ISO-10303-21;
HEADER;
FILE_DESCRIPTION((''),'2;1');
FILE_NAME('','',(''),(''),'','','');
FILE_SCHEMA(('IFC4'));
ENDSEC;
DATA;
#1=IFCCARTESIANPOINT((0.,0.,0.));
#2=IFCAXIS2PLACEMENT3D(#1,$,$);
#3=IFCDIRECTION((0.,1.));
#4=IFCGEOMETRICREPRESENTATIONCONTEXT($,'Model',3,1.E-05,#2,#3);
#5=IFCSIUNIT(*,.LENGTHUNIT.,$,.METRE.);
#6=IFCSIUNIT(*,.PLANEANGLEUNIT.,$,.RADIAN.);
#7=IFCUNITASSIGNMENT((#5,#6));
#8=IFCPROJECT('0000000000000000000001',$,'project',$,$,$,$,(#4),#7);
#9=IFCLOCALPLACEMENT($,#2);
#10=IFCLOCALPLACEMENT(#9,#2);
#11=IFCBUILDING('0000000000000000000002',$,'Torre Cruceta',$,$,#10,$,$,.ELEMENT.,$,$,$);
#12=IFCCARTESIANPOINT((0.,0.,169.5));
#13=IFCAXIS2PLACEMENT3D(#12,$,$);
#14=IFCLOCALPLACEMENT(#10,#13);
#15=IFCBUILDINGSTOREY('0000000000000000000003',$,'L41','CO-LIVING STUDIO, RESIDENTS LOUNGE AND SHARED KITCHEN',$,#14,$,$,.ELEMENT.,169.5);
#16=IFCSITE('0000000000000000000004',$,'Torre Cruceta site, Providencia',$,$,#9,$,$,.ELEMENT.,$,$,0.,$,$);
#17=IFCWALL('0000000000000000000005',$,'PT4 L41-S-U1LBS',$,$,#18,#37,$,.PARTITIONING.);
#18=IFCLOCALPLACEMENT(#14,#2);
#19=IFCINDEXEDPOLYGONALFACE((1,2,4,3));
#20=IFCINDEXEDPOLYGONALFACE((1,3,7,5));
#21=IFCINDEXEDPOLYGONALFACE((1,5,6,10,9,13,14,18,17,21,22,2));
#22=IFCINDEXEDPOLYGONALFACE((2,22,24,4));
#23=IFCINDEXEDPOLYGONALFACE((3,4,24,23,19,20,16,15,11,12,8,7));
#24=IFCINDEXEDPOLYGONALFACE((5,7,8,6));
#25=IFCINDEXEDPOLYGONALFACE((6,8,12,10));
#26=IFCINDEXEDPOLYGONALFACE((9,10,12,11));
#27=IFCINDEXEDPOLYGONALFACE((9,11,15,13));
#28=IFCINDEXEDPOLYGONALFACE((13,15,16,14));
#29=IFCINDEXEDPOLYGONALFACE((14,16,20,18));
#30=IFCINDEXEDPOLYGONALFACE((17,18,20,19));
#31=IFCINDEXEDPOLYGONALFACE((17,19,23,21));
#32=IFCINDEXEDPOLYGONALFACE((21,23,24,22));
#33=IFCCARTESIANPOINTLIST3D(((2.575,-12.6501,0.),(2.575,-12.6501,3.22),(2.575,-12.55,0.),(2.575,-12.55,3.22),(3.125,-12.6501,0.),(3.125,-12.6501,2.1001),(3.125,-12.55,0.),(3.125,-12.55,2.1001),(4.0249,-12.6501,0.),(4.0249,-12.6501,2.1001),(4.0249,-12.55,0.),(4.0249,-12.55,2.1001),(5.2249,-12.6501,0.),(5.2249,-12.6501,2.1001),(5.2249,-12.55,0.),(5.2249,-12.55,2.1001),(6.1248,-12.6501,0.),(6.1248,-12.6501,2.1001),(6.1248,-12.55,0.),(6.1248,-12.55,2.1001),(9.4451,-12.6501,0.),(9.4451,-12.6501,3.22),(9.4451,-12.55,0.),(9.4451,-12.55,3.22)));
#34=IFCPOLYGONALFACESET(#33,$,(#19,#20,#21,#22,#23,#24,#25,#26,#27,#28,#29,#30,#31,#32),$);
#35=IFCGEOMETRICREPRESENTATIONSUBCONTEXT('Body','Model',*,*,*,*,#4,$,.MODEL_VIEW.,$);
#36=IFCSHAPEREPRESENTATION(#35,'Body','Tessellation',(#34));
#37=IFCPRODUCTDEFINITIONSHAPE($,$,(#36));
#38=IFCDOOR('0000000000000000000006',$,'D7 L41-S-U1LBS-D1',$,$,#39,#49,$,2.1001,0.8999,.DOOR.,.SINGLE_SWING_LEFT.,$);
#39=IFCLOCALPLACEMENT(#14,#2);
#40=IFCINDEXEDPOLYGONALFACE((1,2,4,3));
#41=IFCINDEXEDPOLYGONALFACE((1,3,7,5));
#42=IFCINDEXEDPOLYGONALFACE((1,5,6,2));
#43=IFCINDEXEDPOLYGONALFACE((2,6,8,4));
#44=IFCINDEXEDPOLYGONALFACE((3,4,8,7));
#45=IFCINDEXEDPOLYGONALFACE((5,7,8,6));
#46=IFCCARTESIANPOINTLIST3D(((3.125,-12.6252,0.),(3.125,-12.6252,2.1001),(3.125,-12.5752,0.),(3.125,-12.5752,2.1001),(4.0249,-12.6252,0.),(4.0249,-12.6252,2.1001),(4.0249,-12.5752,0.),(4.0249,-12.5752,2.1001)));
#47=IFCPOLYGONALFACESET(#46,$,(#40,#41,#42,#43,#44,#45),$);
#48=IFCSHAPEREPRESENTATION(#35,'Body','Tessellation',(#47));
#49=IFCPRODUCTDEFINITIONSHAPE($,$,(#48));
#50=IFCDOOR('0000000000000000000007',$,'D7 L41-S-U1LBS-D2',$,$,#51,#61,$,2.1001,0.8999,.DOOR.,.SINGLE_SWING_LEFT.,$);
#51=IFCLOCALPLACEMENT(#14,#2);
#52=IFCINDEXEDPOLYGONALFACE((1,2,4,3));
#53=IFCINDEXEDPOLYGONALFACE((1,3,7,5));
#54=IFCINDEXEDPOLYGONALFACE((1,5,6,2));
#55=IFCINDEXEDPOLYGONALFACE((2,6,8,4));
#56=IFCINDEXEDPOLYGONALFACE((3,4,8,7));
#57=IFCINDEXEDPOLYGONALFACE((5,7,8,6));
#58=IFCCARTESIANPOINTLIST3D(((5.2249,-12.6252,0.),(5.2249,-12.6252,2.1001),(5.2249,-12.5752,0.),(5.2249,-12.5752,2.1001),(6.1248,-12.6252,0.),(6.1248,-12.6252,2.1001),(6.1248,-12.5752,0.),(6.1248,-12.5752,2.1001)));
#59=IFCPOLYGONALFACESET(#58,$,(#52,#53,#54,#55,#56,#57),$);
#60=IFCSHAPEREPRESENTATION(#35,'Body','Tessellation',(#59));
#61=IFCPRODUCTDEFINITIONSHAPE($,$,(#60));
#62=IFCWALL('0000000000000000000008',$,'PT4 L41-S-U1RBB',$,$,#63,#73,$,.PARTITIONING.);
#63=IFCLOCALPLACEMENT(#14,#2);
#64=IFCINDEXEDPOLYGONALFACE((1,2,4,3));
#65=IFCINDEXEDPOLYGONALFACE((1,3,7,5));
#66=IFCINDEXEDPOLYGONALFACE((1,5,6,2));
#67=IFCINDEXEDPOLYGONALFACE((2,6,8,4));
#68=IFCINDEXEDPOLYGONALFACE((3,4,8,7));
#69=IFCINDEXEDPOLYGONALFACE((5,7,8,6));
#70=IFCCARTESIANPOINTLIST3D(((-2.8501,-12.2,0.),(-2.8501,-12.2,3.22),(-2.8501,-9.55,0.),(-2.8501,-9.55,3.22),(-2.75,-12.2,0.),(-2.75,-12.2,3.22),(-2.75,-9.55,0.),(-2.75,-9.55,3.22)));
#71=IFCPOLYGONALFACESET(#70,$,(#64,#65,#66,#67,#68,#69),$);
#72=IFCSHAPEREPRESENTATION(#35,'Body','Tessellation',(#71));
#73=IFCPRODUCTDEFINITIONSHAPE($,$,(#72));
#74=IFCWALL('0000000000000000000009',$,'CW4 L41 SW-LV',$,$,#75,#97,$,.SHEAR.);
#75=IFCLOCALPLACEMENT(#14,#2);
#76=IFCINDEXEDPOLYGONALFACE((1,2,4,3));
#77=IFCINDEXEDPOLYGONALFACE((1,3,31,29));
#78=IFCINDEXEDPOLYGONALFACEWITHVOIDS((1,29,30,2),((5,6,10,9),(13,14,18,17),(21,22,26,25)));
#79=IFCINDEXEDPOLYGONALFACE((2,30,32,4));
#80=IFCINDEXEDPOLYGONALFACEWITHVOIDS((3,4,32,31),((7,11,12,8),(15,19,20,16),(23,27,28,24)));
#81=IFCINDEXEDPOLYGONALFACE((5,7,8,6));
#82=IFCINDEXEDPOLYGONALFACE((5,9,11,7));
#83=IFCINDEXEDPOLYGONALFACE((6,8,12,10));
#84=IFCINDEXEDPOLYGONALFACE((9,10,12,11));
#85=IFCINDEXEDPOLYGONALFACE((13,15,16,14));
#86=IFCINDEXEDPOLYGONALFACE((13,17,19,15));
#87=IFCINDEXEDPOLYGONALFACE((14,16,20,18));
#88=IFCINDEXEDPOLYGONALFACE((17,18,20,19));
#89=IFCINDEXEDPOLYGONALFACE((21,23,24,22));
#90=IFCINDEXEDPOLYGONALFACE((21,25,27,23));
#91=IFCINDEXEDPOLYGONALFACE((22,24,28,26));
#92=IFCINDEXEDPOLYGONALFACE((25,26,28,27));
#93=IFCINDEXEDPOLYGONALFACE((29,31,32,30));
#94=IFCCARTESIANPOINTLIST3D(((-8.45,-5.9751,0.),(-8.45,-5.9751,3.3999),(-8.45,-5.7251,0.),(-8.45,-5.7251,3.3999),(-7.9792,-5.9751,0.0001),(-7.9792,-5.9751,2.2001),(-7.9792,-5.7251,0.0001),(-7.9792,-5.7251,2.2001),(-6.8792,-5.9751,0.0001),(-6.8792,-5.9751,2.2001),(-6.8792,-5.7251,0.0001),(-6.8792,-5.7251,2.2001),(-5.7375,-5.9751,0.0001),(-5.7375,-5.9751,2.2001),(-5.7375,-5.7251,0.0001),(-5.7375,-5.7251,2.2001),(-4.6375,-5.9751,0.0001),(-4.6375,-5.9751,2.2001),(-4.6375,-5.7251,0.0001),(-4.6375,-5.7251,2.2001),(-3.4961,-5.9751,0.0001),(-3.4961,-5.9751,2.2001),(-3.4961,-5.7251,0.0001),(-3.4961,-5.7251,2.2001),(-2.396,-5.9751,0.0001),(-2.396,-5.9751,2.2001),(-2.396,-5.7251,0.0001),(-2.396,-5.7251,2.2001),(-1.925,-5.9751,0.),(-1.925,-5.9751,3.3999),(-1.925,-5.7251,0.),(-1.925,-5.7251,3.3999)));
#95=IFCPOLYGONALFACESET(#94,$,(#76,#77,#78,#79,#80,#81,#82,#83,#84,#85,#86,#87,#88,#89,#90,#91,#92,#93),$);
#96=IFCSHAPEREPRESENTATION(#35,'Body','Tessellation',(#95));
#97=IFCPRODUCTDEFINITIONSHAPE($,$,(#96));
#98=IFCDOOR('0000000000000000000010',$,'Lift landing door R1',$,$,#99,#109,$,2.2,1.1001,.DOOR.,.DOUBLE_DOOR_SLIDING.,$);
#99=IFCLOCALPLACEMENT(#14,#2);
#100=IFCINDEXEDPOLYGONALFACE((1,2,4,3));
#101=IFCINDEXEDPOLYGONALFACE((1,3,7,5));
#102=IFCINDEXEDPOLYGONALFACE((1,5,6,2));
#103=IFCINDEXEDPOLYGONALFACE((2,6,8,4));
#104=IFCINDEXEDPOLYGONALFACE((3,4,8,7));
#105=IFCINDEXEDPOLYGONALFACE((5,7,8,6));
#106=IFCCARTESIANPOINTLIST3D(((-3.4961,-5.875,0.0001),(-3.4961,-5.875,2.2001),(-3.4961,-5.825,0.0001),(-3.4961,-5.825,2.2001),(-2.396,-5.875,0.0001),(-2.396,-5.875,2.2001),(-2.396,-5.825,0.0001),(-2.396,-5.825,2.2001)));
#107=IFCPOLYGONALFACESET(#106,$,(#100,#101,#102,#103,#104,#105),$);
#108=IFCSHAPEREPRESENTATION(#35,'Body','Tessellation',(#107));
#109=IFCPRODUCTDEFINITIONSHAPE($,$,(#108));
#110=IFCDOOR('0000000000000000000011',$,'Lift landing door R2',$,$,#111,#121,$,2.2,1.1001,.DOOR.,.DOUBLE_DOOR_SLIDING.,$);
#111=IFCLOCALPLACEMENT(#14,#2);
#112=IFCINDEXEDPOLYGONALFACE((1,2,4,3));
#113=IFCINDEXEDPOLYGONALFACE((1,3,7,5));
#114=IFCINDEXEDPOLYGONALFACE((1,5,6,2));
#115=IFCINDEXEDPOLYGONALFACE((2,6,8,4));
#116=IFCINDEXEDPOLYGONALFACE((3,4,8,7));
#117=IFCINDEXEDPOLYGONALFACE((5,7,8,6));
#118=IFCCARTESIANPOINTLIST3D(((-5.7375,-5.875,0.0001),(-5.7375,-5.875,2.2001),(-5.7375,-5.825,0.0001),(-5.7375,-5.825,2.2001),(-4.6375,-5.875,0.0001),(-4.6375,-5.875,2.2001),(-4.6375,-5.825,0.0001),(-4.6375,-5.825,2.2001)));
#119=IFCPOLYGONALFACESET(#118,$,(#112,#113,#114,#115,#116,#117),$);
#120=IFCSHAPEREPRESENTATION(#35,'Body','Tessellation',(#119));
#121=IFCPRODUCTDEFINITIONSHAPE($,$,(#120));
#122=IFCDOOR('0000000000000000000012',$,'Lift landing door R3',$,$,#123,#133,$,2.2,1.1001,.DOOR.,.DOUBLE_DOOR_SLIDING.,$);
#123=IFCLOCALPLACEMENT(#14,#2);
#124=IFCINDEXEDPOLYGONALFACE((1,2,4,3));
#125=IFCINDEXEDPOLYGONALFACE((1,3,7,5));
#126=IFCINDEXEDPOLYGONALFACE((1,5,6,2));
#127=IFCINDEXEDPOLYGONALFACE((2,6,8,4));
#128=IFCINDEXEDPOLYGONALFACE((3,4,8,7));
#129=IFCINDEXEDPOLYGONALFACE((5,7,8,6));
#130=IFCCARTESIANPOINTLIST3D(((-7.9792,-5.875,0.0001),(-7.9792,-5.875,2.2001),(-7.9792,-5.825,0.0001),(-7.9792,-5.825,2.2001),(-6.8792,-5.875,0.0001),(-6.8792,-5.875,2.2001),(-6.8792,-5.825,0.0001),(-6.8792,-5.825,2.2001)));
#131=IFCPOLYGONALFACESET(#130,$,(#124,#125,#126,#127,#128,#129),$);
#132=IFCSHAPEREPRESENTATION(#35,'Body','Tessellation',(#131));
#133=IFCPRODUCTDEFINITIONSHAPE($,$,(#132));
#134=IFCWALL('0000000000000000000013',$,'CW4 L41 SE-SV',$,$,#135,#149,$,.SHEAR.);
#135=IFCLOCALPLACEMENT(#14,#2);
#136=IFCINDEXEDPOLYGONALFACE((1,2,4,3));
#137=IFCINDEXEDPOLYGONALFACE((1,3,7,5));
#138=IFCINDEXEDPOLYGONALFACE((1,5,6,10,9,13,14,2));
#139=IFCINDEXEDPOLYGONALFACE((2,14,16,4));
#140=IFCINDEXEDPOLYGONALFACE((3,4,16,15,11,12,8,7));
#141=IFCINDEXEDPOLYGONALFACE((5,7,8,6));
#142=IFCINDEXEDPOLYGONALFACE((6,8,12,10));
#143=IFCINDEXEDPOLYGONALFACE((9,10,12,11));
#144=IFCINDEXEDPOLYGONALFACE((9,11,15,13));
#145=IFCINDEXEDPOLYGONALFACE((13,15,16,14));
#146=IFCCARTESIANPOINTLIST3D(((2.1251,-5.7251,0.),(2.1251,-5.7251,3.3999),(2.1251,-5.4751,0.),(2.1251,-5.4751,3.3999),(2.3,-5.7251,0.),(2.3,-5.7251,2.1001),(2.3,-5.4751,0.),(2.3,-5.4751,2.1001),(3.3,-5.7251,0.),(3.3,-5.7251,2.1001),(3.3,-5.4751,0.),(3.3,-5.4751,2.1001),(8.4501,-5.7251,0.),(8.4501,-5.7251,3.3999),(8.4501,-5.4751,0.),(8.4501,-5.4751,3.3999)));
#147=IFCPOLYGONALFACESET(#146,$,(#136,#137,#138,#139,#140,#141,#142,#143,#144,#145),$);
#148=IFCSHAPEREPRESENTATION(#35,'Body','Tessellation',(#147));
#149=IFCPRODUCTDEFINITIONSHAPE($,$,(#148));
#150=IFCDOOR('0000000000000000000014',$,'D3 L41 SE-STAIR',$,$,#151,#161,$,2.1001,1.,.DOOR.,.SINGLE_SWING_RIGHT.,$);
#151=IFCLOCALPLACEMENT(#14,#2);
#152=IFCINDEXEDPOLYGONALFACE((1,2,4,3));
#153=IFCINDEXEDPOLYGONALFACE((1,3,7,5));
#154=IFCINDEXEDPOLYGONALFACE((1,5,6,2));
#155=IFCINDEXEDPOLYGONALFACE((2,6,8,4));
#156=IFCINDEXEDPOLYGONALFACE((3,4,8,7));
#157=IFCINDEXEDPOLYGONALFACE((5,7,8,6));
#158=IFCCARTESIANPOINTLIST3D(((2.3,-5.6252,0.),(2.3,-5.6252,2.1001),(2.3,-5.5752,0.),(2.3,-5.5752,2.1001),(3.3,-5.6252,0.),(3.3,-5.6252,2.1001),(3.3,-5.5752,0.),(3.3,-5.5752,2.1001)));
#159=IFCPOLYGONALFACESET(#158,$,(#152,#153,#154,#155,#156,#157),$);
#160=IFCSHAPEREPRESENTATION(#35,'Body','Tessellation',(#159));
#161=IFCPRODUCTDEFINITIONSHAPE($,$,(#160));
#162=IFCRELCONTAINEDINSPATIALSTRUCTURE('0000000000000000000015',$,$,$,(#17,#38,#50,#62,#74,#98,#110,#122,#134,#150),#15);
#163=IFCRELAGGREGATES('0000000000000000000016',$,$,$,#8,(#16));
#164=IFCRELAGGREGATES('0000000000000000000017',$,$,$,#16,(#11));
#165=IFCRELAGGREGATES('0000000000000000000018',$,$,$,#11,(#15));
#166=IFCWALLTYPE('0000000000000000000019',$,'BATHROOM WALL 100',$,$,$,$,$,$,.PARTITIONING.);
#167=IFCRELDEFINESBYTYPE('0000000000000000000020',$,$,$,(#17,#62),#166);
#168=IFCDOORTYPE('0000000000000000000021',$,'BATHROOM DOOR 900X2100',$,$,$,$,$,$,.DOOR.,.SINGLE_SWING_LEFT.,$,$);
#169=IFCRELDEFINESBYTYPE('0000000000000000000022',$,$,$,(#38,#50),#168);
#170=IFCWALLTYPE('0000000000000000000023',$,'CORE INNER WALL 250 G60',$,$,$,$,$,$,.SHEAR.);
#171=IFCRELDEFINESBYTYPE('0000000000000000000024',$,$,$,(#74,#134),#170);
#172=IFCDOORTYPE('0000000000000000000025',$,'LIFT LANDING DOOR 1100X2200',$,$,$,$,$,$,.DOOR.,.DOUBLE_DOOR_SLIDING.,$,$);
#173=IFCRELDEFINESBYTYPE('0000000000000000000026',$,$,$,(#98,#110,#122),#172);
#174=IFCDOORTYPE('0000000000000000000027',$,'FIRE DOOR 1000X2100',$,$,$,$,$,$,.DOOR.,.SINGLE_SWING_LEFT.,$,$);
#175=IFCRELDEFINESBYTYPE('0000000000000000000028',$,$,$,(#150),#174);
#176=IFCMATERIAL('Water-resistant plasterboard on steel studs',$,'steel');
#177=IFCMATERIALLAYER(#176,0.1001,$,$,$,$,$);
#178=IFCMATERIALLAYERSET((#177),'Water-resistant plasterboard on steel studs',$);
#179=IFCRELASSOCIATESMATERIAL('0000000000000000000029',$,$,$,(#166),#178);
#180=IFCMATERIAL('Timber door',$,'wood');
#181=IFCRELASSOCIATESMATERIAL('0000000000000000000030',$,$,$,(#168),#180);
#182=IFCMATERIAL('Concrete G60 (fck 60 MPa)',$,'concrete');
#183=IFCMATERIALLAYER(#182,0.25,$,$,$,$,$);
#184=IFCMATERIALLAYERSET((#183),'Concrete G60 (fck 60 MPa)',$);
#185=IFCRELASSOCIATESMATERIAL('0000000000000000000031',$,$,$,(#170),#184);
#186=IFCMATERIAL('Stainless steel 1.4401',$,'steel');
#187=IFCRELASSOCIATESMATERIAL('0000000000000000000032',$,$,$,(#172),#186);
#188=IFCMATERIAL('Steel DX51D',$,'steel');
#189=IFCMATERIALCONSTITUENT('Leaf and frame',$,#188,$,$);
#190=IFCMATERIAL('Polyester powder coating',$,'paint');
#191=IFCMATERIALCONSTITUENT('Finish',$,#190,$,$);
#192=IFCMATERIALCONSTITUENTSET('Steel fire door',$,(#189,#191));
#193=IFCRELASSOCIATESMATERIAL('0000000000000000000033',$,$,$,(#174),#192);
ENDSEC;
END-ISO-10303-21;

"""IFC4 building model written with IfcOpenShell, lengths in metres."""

from ifc_helpers import new_model, si_unit, direction, frame, frame_2d, origin, place, context, subcontext, project, spatial, rectangle, extrude, material, layer, layer_set, constituent, constituent_set, type_object, element, fill, save


model = new_model("IFC4")

# Units and contexts
model_context = context("Model", 3, precision=1e-05, world=origin(), true_north=direction((0.0, 1.0)))
body_context = subcontext(model_context, "Body", "Model", "MODEL_VIEW")
ifc_project = project(units=[si_unit("LENGTHUNIT", "METRE"), si_unit("PLANEANGLEUNIT", "RADIAN")], contexts=[model_context])

# Site, building, storey
site_placement = place(None, origin())
site = spatial("IfcSite", under=ifc_project, at=site_placement, Name="Torre Cruceta site, Providencia", CompositionType="ELEMENT", RefElevation=0.0)
building_placement = place(site_placement, origin())
building = spatial("IfcBuilding", under=site, at=building_placement, Name="Torre Cruceta", CompositionType="ELEMENT")
storey_placement = place(building_placement, frame((0.0, 0.0, 169.5)))
storey = spatial("IfcBuildingStorey", under=building, at=storey_placement, Name="L41", Description="CO-LIVING STUDIO, RESIDENTS LOUNGE AND SHARED KITCHEN", CompositionType="ELEMENT", Elevation=169.5)

# Wall, openings, doors
ifc_material_1 = material(Name="Water-resistant plasterboard on steel studs", Category="steel")
ifc_layer_1 = layer(ifc_material_1, 0.1001)
ifc_layer_set_1 = layer_set([ifc_layer_1], Name="Water-resistant plasterboard on steel studs")
wall_type_1 = type_object("IfcWallType", Name="BATHROOM WALL 100", PredefinedType="PARTITIONING", material=ifc_layer_set_1)
wall_1_placement = place(storey_placement, frame((2.575, -12.6001, 0.0), z_axis=(0.0, 0.0, 1.0), x_axis=(1.0, 0.0, 0.0)))
wall_1 = element("IfcWall", 1, at=wall_1_placement, inside=storey, type_object=wall_type_1, Name="PT4 L41-S-U1LBS", PredefinedType="PARTITIONING", context=body_context, shape_type="SweptSolid", body=[
    extrude(rectangle(XDim=6.8701, YDim=0.1001, at=frame_2d((3.4351, 0.0))), origin(), (0.0, 0.0, 1.0), 3.22),
])
opening_1_placement = place(wall_1_placement, frame((0.55, 0.0, 0.0)))
opening_1 = element("IfcOpeningElement", 2, at=opening_1_placement, cuts=wall_1, PredefinedType="OPENING", context=body_context, shape_type="SweptSolid", body=[
    extrude(rectangle(XDim=0.8999, YDim=2.1001, at=frame_2d((0.45, 1.05))), frame((0.0, 0.0601, 0.0), z_axis=(0.0, -1.0, 0.0), x_axis=(1.0, 0.0, 0.0)), (0.0, 0.0, 1.0), 0.1201),
])
opening_2_placement = place(wall_1_placement, frame((2.6499, 0.0, 0.0)))
opening_2 = element("IfcOpeningElement", 3, at=opening_2_placement, cuts=wall_1, PredefinedType="OPENING", context=body_context, shape_type="SweptSolid", body=[
    extrude(rectangle(XDim=0.8999, YDim=2.1001, at=frame_2d((0.45, 1.05))), frame((0.0, 0.0601, 0.0), z_axis=(0.0, -1.0, 0.0), x_axis=(1.0, 0.0, 0.0)), (0.0, 0.0, 1.0), 0.1201),
])
ifc_material_2 = material(Name="Timber door", Category="wood")
door_type_1 = type_object("IfcDoorType", Name="BATHROOM DOOR 900X2100", OperationType="SINGLE_SWING_LEFT", PredefinedType="DOOR", material=ifc_material_2)
door_1_placement = place(opening_1_placement, origin())
door_1 = element("IfcDoor", 4, at=door_1_placement, inside=storey, type_object=door_type_1, Name="D7 L41-S-U1LBS-D1", OperationType="SINGLE_SWING_LEFT", OverallHeight=2.1001, OverallWidth=0.8999, PredefinedType="DOOR", context=body_context, shape_type="SweptSolid", body=[
    extrude(rectangle(XDim=0.8999, YDim=2.1001, at=frame_2d((0.45, 1.05))), frame((0.0, 0.0249, 0.0), z_axis=(0.0, -1.0, 0.0), x_axis=(1.0, 0.0, 0.0)), (0.0, 0.0, 1.0), 0.05),
])
fill(opening_1, door_1)
door_2_placement = place(opening_2_placement, origin())
door_2 = element("IfcDoor", 5, at=door_2_placement, inside=storey, type_object=door_type_1, Name="D7 L41-S-U1LBS-D2", OperationType="SINGLE_SWING_LEFT", OverallHeight=2.1001, OverallWidth=0.8999, PredefinedType="DOOR", context=body_context, shape_type="SweptSolid", body=[
    extrude(rectangle(XDim=0.8999, YDim=2.1001, at=frame_2d((0.45, 1.05))), frame((0.0, 0.0249, 0.0), z_axis=(0.0, -1.0, 0.0), x_axis=(1.0, 0.0, 0.0)), (0.0, 0.0, 1.0), 0.05),
])
fill(opening_2, door_2)

# Wall
wall_2_placement = place(storey_placement, frame((-2.8, -9.55, 0.0), z_axis=(0.0, 0.0, 1.0), x_axis=(0.0, -1.0, 0.0)))
element("IfcWall", 6, at=wall_2_placement, inside=storey, type_object=wall_type_1, Name="PT4 L41-S-U1RBB", PredefinedType="PARTITIONING", context=body_context, shape_type="SweptSolid", body=[
    extrude(rectangle(XDim=2.6499, YDim=0.1001, at=frame_2d((1.325, 0.0))), origin(), (0.0, 0.0, 1.0), 3.22),
])

# Wall, openings, doors
ifc_material_3 = material(Name="Concrete G60 (fck 60 MPa)", Category="concrete")
ifc_layer_2 = layer(ifc_material_3, 0.25)
ifc_layer_set_2 = layer_set([ifc_layer_2], Name="Concrete G60 (fck 60 MPa)")
wall_type_2 = type_object("IfcWallType", Name="CORE INNER WALL 250 G60", PredefinedType="SHEAR", material=ifc_layer_set_2)
wall_3_placement = place(storey_placement, frame((-1.925, -5.8501, 0.0), z_axis=(0.0, 0.0, 1.0), x_axis=(-1.0, 0.0, 0.0)))
wall_3 = element("IfcWall", 7, at=wall_3_placement, inside=storey, type_object=wall_type_2, Name="CW4 L41 SW-LV", PredefinedType="SHEAR", context=body_context, shape_type="SweptSolid", body=[
    extrude(rectangle(XDim=6.5249, YDim=0.25, at=frame_2d((3.2625, 0.0))), origin(), (0.0, 0.0, 1.0), 3.3999),
])
opening_3_placement = place(wall_3_placement, frame((0.4709, 0.0, 0.0)))
opening_3 = element("IfcOpeningElement", 8, at=opening_3_placement, cuts=wall_3, PredefinedType="OPENING", context=body_context, shape_type="SweptSolid", body=[
    extrude(rectangle(XDim=1.1001, YDim=2.2, at=frame_2d((0.55, 1.1001))), frame((0.0, 0.135, 0.0), z_axis=(0.0, -1.0, 0.0), x_axis=(1.0, 0.0, 0.0)), (0.0, 0.0, 1.0), 0.27),
])
opening_4_placement = place(wall_3_placement, frame((2.7124, 0.0, 0.0)))
opening_4 = element("IfcOpeningElement", 9, at=opening_4_placement, cuts=wall_3, PredefinedType="OPENING", context=body_context, shape_type="SweptSolid", body=[
    extrude(rectangle(XDim=1.1001, YDim=2.2, at=frame_2d((0.55, 1.1001))), frame((0.0, 0.135, 0.0), z_axis=(0.0, -1.0, 0.0), x_axis=(1.0, 0.0, 0.0)), (0.0, 0.0, 1.0), 0.27),
])
opening_5_placement = place(wall_3_placement, frame((4.9541, 0.0, 0.0)))
opening_5 = element("IfcOpeningElement", 10, at=opening_5_placement, cuts=wall_3, PredefinedType="OPENING", context=body_context, shape_type="SweptSolid", body=[
    extrude(rectangle(XDim=1.1001, YDim=2.2, at=frame_2d((0.55, 1.1001))), frame((0.0, 0.135, 0.0), z_axis=(0.0, -1.0, 0.0), x_axis=(1.0, 0.0, 0.0)), (0.0, 0.0, 1.0), 0.27),
])
ifc_material_4 = material(Name="Stainless steel 1.4401", Category="steel")
door_type_2 = type_object("IfcDoorType", Name="LIFT LANDING DOOR 1100X2200", OperationType="DOUBLE_DOOR_SLIDING", PredefinedType="DOOR", material=ifc_material_4)
door_3_placement = place(opening_3_placement, origin())
door_3 = element("IfcDoor", 11, at=door_3_placement, inside=storey, type_object=door_type_2, Name="Lift landing door R1", OperationType="DOUBLE_DOOR_SLIDING", OverallHeight=2.2, OverallWidth=1.1001, PredefinedType="DOOR", context=body_context, shape_type="SweptSolid", body=[
    extrude(rectangle(XDim=1.1001, YDim=2.2, at=frame_2d((0.55, 1.1001))), frame((0.0, 0.0249, 0.0), z_axis=(0.0, -1.0, 0.0), x_axis=(1.0, 0.0, 0.0)), (0.0, 0.0, 1.0), 0.05),
])
fill(opening_3, door_3)
door_4_placement = place(opening_4_placement, origin())
door_4 = element("IfcDoor", 12, at=door_4_placement, inside=storey, type_object=door_type_2, Name="Lift landing door R2", OperationType="DOUBLE_DOOR_SLIDING", OverallHeight=2.2, OverallWidth=1.1001, PredefinedType="DOOR", context=body_context, shape_type="SweptSolid", body=[
    extrude(rectangle(XDim=1.1001, YDim=2.2, at=frame_2d((0.55, 1.1001))), frame((0.0, 0.0249, 0.0), z_axis=(0.0, -1.0, 0.0), x_axis=(1.0, 0.0, 0.0)), (0.0, 0.0, 1.0), 0.05),
])
fill(opening_4, door_4)
door_5_placement = place(opening_5_placement, origin())
door_5 = element("IfcDoor", 13, at=door_5_placement, inside=storey, type_object=door_type_2, Name="Lift landing door R3", OperationType="DOUBLE_DOOR_SLIDING", OverallHeight=2.2, OverallWidth=1.1001, PredefinedType="DOOR", context=body_context, shape_type="SweptSolid", body=[
    extrude(rectangle(XDim=1.1001, YDim=2.2, at=frame_2d((0.55, 1.1001))), frame((0.0, 0.0249, 0.0), z_axis=(0.0, -1.0, 0.0), x_axis=(1.0, 0.0, 0.0)), (0.0, 0.0, 1.0), 0.05),
])
fill(opening_5, door_5)

# Wall, opening, door
wall_4_placement = place(storey_placement, frame((2.125, -5.6001, 0.0), z_axis=(0.0, 0.0, 1.0), x_axis=(1.0, 0.0, 0.0)))
wall_4 = element("IfcWall", 14, at=wall_4_placement, inside=storey, type_object=wall_type_2, Name="CW4 L41 SE-SV", PredefinedType="SHEAR", context=body_context, shape_type="SweptSolid", body=[
    extrude(rectangle(XDim=6.325, YDim=0.25, at=frame_2d((3.1626, 0.0))), origin(), (0.0, 0.0, 1.0), 3.3999),
])
opening_6_placement = place(wall_4_placement, frame((0.175, 0.0, 0.0)))
opening_6 = element("IfcOpeningElement", 15, at=opening_6_placement, cuts=wall_4, PredefinedType="OPENING", context=body_context, shape_type="SweptSolid", body=[
    extrude(rectangle(XDim=1.0, YDim=2.1001, at=frame_2d((0.5, 1.05))), frame((0.0, 0.135, 0.0), z_axis=(0.0, -1.0, 0.0), x_axis=(1.0, 0.0, 0.0)), (0.0, 0.0, 1.0), 0.27),
])
ifc_material_5 = material(Name="Steel DX51D", Category="steel")
ifc_constituent_1 = constituent(ifc_material_5, Name="Leaf and frame")
ifc_material_6 = material(Name="Polyester powder coating", Category="paint")
ifc_constituent_2 = constituent(ifc_material_6, Name="Finish")
ifc_constituent_set_1 = constituent_set(constituents=[ifc_constituent_1, ifc_constituent_2], Name="Steel fire door")
door_type_3 = type_object("IfcDoorType", Name="FIRE DOOR 1000X2100", OperationType="SINGLE_SWING_LEFT", PredefinedType="DOOR", material=ifc_constituent_set_1)
door_6_placement = place(opening_6_placement, frame((1.0, 0.0, 0.0), z_axis=(0.0, 0.0, 1.0), x_axis=(-1.0, 0.0, 0.0)))
door_6 = element("IfcDoor", 16, at=door_6_placement, inside=storey, type_object=door_type_3, Name="D3 L41 SE-STAIR", OperationType="SINGLE_SWING_RIGHT", OverallHeight=2.1001, OverallWidth=1.0, PredefinedType="DOOR", context=body_context, shape_type="SweptSolid", body=[
    extrude(rectangle(XDim=1.0, YDim=2.1001, at=frame_2d((0.5, 1.05))), frame((0.0, 0.0251, 0.0), z_axis=(0.0, -1.0, 0.0), x_axis=(1.0, 0.0, 0.0)), (0.0, 0.0, 1.0), 0.05),
])
fill(opening_6, door_6)

save(model, "model.ifc")
